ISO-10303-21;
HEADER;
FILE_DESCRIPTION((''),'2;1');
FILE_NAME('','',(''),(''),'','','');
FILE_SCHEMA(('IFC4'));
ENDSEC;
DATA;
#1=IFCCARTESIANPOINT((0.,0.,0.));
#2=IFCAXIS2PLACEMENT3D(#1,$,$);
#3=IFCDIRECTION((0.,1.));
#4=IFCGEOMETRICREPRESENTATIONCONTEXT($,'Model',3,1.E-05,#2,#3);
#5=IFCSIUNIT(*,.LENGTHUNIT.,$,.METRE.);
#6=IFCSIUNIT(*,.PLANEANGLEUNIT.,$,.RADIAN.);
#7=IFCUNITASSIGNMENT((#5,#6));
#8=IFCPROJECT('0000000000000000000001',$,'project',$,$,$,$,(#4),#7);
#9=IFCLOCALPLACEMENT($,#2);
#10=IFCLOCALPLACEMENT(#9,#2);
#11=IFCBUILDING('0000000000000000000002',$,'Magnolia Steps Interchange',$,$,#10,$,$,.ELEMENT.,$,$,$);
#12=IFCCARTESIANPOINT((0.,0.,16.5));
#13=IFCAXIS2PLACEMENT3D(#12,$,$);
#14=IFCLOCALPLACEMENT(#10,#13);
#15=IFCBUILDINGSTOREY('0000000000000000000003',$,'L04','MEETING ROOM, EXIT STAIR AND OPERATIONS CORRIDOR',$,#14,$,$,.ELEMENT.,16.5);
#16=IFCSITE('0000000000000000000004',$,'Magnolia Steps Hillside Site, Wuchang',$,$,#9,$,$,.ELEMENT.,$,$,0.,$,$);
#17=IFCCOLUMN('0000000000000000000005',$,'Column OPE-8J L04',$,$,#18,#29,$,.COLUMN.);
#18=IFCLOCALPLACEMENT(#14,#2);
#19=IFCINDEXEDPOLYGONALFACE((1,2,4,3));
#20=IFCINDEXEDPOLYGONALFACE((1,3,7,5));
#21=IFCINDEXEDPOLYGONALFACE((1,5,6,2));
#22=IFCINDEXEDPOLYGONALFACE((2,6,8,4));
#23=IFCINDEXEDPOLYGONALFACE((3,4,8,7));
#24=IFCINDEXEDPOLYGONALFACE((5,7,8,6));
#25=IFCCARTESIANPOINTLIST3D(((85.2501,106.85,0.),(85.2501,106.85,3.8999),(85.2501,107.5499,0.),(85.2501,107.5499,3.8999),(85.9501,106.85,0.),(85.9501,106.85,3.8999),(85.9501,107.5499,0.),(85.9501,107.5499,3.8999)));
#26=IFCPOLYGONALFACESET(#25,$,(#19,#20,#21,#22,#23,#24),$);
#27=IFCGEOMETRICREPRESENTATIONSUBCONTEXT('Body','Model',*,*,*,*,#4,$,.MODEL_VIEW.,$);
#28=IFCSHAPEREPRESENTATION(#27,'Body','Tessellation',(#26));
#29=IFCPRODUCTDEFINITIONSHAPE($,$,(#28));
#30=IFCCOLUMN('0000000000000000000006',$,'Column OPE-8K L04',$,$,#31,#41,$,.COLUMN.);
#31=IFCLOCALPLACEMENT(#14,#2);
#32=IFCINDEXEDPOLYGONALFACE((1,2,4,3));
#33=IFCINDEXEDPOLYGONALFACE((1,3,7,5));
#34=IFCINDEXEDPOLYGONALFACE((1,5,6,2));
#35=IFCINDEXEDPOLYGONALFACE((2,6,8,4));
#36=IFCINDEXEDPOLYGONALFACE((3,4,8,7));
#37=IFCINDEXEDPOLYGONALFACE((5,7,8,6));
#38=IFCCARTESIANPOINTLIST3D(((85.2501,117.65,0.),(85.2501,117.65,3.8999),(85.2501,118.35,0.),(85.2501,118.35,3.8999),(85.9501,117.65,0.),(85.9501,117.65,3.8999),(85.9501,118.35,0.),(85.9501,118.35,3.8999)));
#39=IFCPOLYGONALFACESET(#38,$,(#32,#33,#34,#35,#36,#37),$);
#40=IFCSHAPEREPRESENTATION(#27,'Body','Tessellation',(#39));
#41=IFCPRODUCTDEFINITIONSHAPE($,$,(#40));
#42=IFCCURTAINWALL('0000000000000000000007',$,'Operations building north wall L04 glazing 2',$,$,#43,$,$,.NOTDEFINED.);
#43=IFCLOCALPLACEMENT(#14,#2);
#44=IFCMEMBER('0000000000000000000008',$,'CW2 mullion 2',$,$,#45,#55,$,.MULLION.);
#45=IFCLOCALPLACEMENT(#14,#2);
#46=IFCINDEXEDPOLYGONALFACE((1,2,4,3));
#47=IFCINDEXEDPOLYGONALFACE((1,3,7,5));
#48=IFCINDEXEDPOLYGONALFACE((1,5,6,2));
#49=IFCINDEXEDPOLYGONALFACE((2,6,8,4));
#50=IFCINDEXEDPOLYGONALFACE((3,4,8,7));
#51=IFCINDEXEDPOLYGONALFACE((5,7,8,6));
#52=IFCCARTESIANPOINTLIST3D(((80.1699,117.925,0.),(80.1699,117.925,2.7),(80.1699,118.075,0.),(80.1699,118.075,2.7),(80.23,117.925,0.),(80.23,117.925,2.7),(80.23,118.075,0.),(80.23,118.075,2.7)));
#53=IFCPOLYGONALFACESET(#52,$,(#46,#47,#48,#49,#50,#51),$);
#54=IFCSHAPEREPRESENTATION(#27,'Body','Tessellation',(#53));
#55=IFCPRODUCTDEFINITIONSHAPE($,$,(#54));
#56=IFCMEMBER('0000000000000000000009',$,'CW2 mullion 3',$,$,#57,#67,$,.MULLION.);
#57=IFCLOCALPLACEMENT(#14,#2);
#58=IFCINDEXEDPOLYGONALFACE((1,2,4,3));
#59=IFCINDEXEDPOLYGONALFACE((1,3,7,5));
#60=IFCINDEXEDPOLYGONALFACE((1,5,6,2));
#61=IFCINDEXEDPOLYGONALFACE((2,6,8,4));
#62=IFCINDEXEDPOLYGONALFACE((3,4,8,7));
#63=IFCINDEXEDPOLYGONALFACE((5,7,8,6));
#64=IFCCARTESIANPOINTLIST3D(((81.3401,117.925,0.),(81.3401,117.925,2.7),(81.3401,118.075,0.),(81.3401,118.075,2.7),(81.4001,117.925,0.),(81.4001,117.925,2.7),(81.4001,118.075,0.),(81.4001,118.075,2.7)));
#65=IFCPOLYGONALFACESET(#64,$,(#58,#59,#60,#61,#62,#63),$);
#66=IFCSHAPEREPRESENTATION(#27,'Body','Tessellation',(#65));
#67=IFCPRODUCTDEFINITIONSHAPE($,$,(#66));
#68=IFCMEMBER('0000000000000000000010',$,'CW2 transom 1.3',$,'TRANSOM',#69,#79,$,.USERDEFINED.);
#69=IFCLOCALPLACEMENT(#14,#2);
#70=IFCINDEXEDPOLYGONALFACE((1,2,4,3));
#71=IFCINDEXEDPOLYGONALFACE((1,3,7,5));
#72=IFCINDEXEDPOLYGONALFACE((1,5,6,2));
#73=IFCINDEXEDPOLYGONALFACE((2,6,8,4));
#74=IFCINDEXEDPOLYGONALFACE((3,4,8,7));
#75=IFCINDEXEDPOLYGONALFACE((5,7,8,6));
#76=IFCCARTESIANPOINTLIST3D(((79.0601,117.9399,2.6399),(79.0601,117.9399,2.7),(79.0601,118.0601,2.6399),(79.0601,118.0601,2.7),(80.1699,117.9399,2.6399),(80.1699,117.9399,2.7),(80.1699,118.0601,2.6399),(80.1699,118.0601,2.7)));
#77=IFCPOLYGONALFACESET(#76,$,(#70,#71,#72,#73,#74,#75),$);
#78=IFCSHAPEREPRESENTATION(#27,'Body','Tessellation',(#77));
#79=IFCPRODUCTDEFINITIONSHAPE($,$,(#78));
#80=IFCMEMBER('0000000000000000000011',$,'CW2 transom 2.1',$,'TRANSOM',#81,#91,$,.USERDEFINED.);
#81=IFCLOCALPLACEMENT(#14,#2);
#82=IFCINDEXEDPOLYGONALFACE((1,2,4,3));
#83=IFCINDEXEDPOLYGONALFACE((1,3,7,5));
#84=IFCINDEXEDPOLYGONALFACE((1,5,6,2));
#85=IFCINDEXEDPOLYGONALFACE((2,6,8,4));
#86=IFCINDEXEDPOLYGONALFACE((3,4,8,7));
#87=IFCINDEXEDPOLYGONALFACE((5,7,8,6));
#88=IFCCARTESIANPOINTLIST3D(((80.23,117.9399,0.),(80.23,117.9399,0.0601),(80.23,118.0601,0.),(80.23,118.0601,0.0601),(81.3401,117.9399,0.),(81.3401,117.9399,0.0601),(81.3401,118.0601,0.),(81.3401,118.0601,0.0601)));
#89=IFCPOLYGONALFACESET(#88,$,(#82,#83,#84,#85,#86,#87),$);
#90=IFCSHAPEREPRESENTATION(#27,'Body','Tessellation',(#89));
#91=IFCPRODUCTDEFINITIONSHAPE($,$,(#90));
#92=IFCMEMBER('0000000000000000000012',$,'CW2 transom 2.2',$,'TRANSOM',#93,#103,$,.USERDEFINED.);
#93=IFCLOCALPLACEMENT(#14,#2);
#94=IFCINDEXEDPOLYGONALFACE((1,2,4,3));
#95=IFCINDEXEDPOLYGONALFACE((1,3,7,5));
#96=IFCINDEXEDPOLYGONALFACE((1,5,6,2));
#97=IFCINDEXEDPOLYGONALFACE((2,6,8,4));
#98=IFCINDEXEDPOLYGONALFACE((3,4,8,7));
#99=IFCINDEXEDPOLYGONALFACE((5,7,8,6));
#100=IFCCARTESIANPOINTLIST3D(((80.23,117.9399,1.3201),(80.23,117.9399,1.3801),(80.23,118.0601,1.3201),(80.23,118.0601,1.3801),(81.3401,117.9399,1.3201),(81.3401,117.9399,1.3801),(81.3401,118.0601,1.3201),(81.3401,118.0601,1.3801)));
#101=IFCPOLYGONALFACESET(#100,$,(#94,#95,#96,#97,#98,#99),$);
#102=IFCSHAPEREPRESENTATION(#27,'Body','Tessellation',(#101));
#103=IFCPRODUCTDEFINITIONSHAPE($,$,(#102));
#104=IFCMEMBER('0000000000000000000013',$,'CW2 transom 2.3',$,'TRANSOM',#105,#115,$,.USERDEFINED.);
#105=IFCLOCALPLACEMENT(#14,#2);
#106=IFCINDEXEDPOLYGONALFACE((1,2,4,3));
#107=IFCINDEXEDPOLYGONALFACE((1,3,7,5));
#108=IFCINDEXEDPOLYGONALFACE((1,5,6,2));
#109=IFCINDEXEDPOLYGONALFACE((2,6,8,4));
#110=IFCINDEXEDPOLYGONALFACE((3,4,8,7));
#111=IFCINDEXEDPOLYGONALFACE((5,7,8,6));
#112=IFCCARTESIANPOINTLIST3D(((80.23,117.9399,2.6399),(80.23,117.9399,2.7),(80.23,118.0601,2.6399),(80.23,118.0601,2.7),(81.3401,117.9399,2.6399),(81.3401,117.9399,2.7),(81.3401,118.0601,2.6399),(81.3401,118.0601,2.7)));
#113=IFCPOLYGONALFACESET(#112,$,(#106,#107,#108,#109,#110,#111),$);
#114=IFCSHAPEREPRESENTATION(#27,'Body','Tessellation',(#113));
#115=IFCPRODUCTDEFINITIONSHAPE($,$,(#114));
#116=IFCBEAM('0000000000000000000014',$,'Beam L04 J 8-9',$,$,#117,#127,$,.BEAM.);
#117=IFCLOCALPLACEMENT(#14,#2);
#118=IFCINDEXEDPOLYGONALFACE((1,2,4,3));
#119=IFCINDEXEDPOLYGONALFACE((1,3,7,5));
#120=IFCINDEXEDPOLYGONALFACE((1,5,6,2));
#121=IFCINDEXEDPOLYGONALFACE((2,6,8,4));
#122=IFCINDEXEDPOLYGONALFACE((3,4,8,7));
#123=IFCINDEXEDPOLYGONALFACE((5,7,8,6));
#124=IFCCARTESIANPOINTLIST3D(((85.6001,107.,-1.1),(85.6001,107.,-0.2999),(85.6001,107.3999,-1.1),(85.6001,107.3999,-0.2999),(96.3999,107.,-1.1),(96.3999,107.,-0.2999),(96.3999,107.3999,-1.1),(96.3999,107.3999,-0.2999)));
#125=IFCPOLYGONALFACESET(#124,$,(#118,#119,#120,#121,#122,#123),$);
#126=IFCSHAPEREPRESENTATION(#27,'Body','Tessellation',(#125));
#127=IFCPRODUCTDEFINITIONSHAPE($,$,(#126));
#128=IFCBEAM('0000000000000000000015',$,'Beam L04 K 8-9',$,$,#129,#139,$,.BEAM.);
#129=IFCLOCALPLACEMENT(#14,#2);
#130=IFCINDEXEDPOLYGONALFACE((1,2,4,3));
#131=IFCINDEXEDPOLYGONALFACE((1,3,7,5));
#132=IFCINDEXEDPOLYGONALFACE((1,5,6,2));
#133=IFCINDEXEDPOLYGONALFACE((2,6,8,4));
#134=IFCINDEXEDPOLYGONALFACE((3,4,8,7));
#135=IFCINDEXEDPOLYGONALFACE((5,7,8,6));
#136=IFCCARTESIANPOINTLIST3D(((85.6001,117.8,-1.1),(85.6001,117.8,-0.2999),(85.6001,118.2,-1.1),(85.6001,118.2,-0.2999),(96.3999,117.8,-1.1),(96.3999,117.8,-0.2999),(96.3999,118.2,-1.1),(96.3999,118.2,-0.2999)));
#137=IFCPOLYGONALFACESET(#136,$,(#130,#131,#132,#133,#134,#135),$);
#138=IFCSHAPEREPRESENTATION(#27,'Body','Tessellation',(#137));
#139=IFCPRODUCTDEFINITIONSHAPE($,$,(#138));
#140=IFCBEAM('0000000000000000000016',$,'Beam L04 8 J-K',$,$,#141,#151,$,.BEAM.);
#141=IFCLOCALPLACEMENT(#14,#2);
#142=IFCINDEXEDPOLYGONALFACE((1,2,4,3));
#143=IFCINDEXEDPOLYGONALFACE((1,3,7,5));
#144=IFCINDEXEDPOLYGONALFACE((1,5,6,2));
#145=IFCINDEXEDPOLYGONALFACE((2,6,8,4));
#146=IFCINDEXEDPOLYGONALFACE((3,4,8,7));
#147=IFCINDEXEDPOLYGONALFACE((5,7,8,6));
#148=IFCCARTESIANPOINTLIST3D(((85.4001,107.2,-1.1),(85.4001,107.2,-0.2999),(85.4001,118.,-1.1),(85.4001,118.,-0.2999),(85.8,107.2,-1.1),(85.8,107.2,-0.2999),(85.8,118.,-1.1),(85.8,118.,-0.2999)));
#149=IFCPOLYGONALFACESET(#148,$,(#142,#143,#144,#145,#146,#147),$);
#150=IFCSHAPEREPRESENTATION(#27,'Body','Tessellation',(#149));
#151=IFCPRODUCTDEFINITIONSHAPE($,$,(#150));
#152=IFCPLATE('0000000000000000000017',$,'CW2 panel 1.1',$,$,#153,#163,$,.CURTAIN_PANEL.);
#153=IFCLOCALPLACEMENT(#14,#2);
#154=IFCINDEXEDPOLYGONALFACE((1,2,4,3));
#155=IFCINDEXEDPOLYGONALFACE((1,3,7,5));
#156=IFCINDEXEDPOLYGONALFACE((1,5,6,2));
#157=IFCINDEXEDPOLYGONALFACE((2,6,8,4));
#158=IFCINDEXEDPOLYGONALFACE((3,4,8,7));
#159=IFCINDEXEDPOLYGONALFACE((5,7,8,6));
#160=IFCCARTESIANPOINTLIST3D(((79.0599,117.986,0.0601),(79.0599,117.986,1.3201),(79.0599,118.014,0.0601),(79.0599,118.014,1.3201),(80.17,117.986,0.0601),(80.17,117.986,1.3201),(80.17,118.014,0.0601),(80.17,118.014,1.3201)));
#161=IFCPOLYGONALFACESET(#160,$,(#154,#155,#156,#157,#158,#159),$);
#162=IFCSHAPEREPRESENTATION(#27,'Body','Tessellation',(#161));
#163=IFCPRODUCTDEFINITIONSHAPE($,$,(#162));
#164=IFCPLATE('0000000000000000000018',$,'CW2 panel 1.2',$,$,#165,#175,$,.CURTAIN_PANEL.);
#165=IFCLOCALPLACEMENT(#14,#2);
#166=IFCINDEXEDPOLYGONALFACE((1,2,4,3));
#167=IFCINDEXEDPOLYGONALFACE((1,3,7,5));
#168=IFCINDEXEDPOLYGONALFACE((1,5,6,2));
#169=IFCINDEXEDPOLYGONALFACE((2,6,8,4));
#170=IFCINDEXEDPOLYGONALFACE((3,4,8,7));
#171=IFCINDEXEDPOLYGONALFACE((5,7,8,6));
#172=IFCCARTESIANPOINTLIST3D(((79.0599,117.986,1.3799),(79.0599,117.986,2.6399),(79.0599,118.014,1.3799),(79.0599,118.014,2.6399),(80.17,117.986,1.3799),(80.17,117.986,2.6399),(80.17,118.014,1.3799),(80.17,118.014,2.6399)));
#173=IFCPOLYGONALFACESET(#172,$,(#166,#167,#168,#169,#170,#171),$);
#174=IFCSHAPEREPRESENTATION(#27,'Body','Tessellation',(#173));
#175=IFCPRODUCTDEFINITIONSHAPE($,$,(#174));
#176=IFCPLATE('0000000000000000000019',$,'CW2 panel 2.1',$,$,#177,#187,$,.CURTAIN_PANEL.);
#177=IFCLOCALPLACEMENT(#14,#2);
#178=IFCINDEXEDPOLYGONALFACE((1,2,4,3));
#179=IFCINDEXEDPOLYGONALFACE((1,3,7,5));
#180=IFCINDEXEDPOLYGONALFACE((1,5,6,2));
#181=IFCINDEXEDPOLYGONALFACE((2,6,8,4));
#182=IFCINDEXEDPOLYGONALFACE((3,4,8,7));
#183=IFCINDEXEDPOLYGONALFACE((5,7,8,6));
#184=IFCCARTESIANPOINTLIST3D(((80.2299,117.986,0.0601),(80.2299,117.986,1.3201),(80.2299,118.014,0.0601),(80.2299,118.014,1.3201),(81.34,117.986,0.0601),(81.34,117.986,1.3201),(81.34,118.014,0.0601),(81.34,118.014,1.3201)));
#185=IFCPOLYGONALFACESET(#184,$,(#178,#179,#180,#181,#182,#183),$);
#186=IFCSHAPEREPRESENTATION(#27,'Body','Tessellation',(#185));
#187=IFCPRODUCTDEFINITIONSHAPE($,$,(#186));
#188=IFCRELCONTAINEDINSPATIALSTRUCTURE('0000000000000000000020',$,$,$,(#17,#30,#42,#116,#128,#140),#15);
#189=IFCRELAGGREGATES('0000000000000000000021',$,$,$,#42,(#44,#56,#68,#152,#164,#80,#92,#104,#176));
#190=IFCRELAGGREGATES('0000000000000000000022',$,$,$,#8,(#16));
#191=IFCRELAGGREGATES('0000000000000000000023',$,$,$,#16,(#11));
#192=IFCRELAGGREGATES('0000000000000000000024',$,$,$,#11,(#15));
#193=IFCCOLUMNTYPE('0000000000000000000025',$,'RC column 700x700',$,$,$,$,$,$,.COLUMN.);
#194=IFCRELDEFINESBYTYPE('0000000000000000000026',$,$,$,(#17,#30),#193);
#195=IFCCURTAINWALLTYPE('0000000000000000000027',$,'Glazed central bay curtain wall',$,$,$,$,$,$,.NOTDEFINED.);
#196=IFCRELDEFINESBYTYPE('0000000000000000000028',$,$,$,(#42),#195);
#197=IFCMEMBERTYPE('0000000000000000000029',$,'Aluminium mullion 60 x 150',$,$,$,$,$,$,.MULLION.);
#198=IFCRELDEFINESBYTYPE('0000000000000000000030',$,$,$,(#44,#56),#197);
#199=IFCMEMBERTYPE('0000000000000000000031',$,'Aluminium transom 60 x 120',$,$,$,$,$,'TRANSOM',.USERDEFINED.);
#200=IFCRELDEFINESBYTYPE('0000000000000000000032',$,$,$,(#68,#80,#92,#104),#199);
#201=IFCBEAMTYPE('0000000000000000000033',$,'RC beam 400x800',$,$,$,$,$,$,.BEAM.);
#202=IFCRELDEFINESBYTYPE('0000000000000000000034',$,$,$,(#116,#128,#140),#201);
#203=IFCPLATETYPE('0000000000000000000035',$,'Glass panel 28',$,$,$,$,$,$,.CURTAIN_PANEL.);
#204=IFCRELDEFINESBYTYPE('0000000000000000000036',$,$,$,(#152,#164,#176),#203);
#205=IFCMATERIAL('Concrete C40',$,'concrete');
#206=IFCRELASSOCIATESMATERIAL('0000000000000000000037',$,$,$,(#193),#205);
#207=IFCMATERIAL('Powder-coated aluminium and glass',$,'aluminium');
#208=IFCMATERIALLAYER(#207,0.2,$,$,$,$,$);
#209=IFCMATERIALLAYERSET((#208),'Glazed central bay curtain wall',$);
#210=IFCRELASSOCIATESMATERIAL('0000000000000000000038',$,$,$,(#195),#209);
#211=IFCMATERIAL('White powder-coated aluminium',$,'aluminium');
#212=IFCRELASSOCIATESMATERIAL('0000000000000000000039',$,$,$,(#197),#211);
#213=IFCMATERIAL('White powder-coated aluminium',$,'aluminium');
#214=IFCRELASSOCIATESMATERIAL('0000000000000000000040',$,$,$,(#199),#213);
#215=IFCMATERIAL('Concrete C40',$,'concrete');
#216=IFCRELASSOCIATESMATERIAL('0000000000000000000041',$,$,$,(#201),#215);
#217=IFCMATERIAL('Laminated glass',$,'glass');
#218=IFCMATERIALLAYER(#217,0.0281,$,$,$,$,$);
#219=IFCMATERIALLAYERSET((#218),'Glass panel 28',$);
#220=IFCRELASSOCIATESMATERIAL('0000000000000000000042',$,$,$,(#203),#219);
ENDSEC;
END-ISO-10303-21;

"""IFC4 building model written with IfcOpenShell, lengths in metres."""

from ifc_helpers import new_model, si_unit, direction, frame, origin, origin_2d, place, context, subcontext, project, spatial, rectangle, extrude, material, layer, layer_set, material_profile, profile_set, type_object, element, aggregate, save


model = new_model("IFC4")

# Units and contexts
model_context = context("Model", 3, precision=1e-05, world=origin(), true_north=direction((0.0, 1.0)))
body_context = subcontext(model_context, "Body", "Model", "MODEL_VIEW")
ifc_project = project(units=[si_unit("LENGTHUNIT", "METRE"), si_unit("PLANEANGLEUNIT", "RADIAN")], contexts=[model_context])

# Site, building, storey
site_placement = place(None, origin())
site = spatial("IfcSite", under=ifc_project, at=site_placement, Name="Magnolia Steps Hillside Site, Wuchang", CompositionType="ELEMENT", RefElevation=0.0)
building_placement = place(site_placement, origin())
building = spatial("IfcBuilding", under=site, at=building_placement, Name="Magnolia Steps Interchange", CompositionType="ELEMENT")
storey_placement = place(building_placement, frame((0.0, 0.0, 16.5)))
storey = spatial("IfcBuildingStorey", under=building, at=storey_placement, Name="L04", Description="MEETING ROOM, EXIT STAIR AND OPERATIONS CORRIDOR", CompositionType="ELEMENT", Elevation=16.5)

# Columns
ifc_material_1 = material(Name="Concrete C40", Category="concrete")
ifc_material_profile_1 = material_profile(ifc_material_1, rectangle(XDim=0.7, YDim=0.7, at=origin_2d()), Name="RC700x700")
ifc_profile_set_1 = profile_set([ifc_material_profile_1], Name="Concrete C40")
column_type = type_object("IfcColumnType", Name="RC column 700x700", PredefinedType="COLUMN", material=ifc_profile_set_1)
for number, where, z_axis, x_axis, name in (
    (1, (85.6001, 107.2, 0.0), (0.0, 0.0, 1.0), (1.0, 0.0, 0.0), "Column OPE-8J L04"),
    (2, (85.6001, 118.0, 0.0), (0.0, 0.0, 1.0), (1.0, 0.0, 0.0), "Column OPE-8K L04"),
):
    element("IfcColumn", number, at=place(storey_placement, frame(where, z_axis=z_axis, x_axis=x_axis)), inside=storey, type_object=column_type, Name=name, PredefinedType="COLUMN", context=body_context, shape_type="SweptSolid", body=[
        extrude(rectangle(XDim=0.7, YDim=0.7, at=origin_2d()), origin(), (0.0, 0.0, 1.0), 3.8999),
    ])

# Curtain wall, members
ifc_material_2 = material(Name="Powder-coated aluminium and glass", Category="aluminium")
ifc_layer_1 = layer(ifc_material_2, 0.2)
ifc_layer_set_1 = layer_set([ifc_layer_1], Name="Glazed central bay curtain wall")
curtain_wall_type = type_object("IfcCurtainWallType", Name="Glazed central bay curtain wall", PredefinedType="NOTDEFINED", material=ifc_layer_set_1)
curtain_wall_placement = place(storey_placement, origin())
curtain_wall = element("IfcCurtainWall", 3, at=curtain_wall_placement, inside=storey, type_object=curtain_wall_type, Name="Operations building north wall L04 glazing 2", PredefinedType="NOTDEFINED")
ifc_material_3 = material(Name="White powder-coated aluminium", Category="aluminium")
ifc_material_profile_2 = material_profile(ifc_material_3, rectangle(XDim=0.0601, YDim=0.1499, at=origin_2d()), Name="Aluminium mullion 60 x 150")
ifc_profile_set_2 = profile_set([ifc_material_profile_2], Name="White powder-coated aluminium")
member_type_1 = type_object("IfcMemberType", Name="Aluminium mullion 60 x 150", PredefinedType="MULLION", material=ifc_profile_set_2)
member_1_placement = place(storey_placement, frame((80.2, 118.0, 0.0), z_axis=(0.0, 0.0, 1.0), x_axis=(1.0, 0.0, 0.0)))
member_1 = element("IfcMember", 4, at=member_1_placement, type_object=member_type_1, Name="CW2 mullion 2", PredefinedType="MULLION", context=body_context, shape_type="SweptSolid", body=[
    extrude(rectangle(XDim=0.0601, YDim=0.1499, at=origin_2d()), origin(), (0.0, 0.0, 1.0), 2.7),
])
member_2_placement = place(storey_placement, frame((81.3701, 118.0, 0.0), z_axis=(0.0, 0.0, 1.0), x_axis=(1.0, 0.0, 0.0)))
member_2 = element("IfcMember", 5, at=member_2_placement, type_object=member_type_1, Name="CW2 mullion 3", PredefinedType="MULLION", context=body_context, shape_type="SweptSolid", body=[
    extrude(rectangle(XDim=0.0601, YDim=0.1499, at=origin_2d()), origin(), (0.0, 0.0, 1.0), 2.7),
])
ifc_material_4 = material(Name="White powder-coated aluminium", Category="aluminium")
ifc_material_profile_3 = material_profile(ifc_material_4, rectangle(XDim=0.0601, YDim=0.1201, at=origin_2d()), Name="Aluminium transom 60 x 120")
ifc_profile_set_3 = profile_set([ifc_material_profile_3], Name="White powder-coated aluminium")
member_type_2 = type_object("IfcMemberType", Name="Aluminium transom 60 x 120", ElementType="TRANSOM", PredefinedType="USERDEFINED", material=ifc_profile_set_3)
member_3_placement = place(storey_placement, frame((79.0601, 118.0, 2.6699), z_axis=(1.0, 0.0, 0.0), x_axis=(0.0, 0.0, 1.0)))
member_3 = element("IfcMember", 6, at=member_3_placement, type_object=member_type_2, Name="CW2 transom 1.3", ObjectType="TRANSOM", PredefinedType="USERDEFINED", context=body_context, shape_type="SweptSolid", body=[
    extrude(rectangle(XDim=0.0601, YDim=0.1201, at=origin_2d()), origin(), (0.0, 0.0, 1.0), 1.1099),
])
member_4_placement = place(storey_placement, frame((80.23, 118.0, 0.03), z_axis=(1.0, 0.0, 0.0), x_axis=(0.0, 0.0, 1.0)))
member_4 = element("IfcMember", 7, at=member_4_placement, type_object=member_type_2, Name="CW2 transom 2.1", ObjectType="TRANSOM", PredefinedType="USERDEFINED", context=body_context, shape_type="SweptSolid", body=[
    extrude(rectangle(XDim=0.0601, YDim=0.1201, at=origin_2d()), origin(), (0.0, 0.0, 1.0), 1.1101),
])
member_5_placement = place(storey_placement, frame((80.23, 118.0, 1.3501), z_axis=(1.0, 0.0, 0.0), x_axis=(0.0, 0.0, 1.0)))
member_5 = element("IfcMember", 8, at=member_5_placement, type_object=member_type_2, Name="CW2 transom 2.2", ObjectType="TRANSOM", PredefinedType="USERDEFINED", context=body_context, shape_type="SweptSolid", body=[
    extrude(rectangle(XDim=0.0601, YDim=0.1201, at=origin_2d()), origin(), (0.0, 0.0, 1.0), 1.1101),
])
member_6_placement = place(storey_placement, frame((80.23, 118.0, 2.6699), z_axis=(1.0, 0.0, 0.0), x_axis=(0.0, 0.0, 1.0)))
member_6 = element("IfcMember", 9, at=member_6_placement, type_object=member_type_2, Name="CW2 transom 2.3", ObjectType="TRANSOM", PredefinedType="USERDEFINED", context=body_context, shape_type="SweptSolid", body=[
    extrude(rectangle(XDim=0.0601, YDim=0.1201, at=origin_2d()), origin(), (0.0, 0.0, 1.0), 1.1101),
])

# Beams
ifc_material_5 = material(Name="Concrete C40", Category="concrete")
ifc_material_profile_4 = material_profile(ifc_material_5, rectangle(XDim=0.3999, YDim=0.8, at=origin_2d()), Name="RC400x800")
ifc_profile_set_4 = profile_set([ifc_material_profile_4], Name="Concrete C40")
beam_type = type_object("IfcBeamType", Name="RC beam 400x800", PredefinedType="BEAM", material=ifc_profile_set_4)
for number, where, z_axis, x_axis, name in (
    (10, (85.6001, 107.2, -0.7), (1.0, 0.0, 0.0), (0.0, 1.0, 0.0), "Beam L04 J 8-9"),
    (11, (85.6001, 118.0, -0.7), (1.0, 0.0, 0.0), (0.0, 1.0, 0.0), "Beam L04 K 8-9"),
):
    element("IfcBeam", number, at=place(storey_placement, frame(where, z_axis=z_axis, x_axis=x_axis)), inside=storey, type_object=beam_type, Name=name, PredefinedType="BEAM", context=body_context, shape_type="SweptSolid", body=[
        extrude(rectangle(XDim=0.3999, YDim=0.8, at=origin_2d()), origin(), (0.0, 0.0, 1.0), 10.7998),
    ])
beam_placement = place(storey_placement, frame((85.6001, 107.2, -0.7), z_axis=(0.0, 1.0, 0.0), x_axis=(-1.0, 0.0, 0.0)))
element("IfcBeam", 12, at=beam_placement, inside=storey, type_object=beam_type, Name="Beam L04 8 J-K", PredefinedType="BEAM", context=body_context, shape_type="SweptSolid", body=[
    extrude(rectangle(XDim=0.3999, YDim=0.8, at=origin_2d()), origin(), (0.0, 0.0, 1.0), 10.8),
])

# Plates
ifc_material_6 = material(Name="Laminated glass", Category="glass")
ifc_layer_2 = layer(ifc_material_6, 0.0281)
ifc_layer_set_2 = layer_set([ifc_layer_2], Name="Glass panel 28")
plate_type = type_object("IfcPlateType", Name="Glass panel 28", PredefinedType="CURTAIN_PANEL", material=ifc_layer_set_2)
plate_1_placement = place(storey_placement, frame((79.615, 118.0, 0.0601), z_axis=(0.0, 0.0, 1.0), x_axis=(1.0, 0.0, 0.0)))
plate_1 = element("IfcPlate", 13, at=plate_1_placement, type_object=plate_type, Name="CW2 panel 1.1", PredefinedType="CURTAIN_PANEL", context=body_context, shape_type="SweptSolid", body=[
    extrude(rectangle(XDim=1.1101, YDim=0.0281, at=origin_2d()), origin(), (0.0, 0.0, 1.0), 1.26),
])
plate_2_placement = place(storey_placement, frame((79.615, 118.0, 1.3799), z_axis=(0.0, 0.0, 1.0), x_axis=(1.0, 0.0, 0.0)))
plate_2 = element("IfcPlate", 14, at=plate_2_placement, type_object=plate_type, Name="CW2 panel 1.2", PredefinedType="CURTAIN_PANEL", context=body_context, shape_type="SweptSolid", body=[
    extrude(rectangle(XDim=1.1101, YDim=0.0281, at=origin_2d()), origin(), (0.0, 0.0, 1.0), 1.26),
])
plate_3_placement = place(storey_placement, frame((80.7849, 118.0, 0.0601), z_axis=(0.0, 0.0, 1.0), x_axis=(1.0, 0.0, 0.0)))
plate_3 = element("IfcPlate", 15, at=plate_3_placement, type_object=plate_type, Name="CW2 panel 2.1", PredefinedType="CURTAIN_PANEL", context=body_context, shape_type="SweptSolid", body=[
    extrude(rectangle(XDim=1.1101, YDim=0.0281, at=origin_2d()), origin(), (0.0, 0.0, 1.0), 1.26),
])
aggregate(curtain_wall, [member_1, member_2, member_3, plate_1, plate_2, member_4, member_5, member_6, plate_3])

save(model, "model.ifc")
